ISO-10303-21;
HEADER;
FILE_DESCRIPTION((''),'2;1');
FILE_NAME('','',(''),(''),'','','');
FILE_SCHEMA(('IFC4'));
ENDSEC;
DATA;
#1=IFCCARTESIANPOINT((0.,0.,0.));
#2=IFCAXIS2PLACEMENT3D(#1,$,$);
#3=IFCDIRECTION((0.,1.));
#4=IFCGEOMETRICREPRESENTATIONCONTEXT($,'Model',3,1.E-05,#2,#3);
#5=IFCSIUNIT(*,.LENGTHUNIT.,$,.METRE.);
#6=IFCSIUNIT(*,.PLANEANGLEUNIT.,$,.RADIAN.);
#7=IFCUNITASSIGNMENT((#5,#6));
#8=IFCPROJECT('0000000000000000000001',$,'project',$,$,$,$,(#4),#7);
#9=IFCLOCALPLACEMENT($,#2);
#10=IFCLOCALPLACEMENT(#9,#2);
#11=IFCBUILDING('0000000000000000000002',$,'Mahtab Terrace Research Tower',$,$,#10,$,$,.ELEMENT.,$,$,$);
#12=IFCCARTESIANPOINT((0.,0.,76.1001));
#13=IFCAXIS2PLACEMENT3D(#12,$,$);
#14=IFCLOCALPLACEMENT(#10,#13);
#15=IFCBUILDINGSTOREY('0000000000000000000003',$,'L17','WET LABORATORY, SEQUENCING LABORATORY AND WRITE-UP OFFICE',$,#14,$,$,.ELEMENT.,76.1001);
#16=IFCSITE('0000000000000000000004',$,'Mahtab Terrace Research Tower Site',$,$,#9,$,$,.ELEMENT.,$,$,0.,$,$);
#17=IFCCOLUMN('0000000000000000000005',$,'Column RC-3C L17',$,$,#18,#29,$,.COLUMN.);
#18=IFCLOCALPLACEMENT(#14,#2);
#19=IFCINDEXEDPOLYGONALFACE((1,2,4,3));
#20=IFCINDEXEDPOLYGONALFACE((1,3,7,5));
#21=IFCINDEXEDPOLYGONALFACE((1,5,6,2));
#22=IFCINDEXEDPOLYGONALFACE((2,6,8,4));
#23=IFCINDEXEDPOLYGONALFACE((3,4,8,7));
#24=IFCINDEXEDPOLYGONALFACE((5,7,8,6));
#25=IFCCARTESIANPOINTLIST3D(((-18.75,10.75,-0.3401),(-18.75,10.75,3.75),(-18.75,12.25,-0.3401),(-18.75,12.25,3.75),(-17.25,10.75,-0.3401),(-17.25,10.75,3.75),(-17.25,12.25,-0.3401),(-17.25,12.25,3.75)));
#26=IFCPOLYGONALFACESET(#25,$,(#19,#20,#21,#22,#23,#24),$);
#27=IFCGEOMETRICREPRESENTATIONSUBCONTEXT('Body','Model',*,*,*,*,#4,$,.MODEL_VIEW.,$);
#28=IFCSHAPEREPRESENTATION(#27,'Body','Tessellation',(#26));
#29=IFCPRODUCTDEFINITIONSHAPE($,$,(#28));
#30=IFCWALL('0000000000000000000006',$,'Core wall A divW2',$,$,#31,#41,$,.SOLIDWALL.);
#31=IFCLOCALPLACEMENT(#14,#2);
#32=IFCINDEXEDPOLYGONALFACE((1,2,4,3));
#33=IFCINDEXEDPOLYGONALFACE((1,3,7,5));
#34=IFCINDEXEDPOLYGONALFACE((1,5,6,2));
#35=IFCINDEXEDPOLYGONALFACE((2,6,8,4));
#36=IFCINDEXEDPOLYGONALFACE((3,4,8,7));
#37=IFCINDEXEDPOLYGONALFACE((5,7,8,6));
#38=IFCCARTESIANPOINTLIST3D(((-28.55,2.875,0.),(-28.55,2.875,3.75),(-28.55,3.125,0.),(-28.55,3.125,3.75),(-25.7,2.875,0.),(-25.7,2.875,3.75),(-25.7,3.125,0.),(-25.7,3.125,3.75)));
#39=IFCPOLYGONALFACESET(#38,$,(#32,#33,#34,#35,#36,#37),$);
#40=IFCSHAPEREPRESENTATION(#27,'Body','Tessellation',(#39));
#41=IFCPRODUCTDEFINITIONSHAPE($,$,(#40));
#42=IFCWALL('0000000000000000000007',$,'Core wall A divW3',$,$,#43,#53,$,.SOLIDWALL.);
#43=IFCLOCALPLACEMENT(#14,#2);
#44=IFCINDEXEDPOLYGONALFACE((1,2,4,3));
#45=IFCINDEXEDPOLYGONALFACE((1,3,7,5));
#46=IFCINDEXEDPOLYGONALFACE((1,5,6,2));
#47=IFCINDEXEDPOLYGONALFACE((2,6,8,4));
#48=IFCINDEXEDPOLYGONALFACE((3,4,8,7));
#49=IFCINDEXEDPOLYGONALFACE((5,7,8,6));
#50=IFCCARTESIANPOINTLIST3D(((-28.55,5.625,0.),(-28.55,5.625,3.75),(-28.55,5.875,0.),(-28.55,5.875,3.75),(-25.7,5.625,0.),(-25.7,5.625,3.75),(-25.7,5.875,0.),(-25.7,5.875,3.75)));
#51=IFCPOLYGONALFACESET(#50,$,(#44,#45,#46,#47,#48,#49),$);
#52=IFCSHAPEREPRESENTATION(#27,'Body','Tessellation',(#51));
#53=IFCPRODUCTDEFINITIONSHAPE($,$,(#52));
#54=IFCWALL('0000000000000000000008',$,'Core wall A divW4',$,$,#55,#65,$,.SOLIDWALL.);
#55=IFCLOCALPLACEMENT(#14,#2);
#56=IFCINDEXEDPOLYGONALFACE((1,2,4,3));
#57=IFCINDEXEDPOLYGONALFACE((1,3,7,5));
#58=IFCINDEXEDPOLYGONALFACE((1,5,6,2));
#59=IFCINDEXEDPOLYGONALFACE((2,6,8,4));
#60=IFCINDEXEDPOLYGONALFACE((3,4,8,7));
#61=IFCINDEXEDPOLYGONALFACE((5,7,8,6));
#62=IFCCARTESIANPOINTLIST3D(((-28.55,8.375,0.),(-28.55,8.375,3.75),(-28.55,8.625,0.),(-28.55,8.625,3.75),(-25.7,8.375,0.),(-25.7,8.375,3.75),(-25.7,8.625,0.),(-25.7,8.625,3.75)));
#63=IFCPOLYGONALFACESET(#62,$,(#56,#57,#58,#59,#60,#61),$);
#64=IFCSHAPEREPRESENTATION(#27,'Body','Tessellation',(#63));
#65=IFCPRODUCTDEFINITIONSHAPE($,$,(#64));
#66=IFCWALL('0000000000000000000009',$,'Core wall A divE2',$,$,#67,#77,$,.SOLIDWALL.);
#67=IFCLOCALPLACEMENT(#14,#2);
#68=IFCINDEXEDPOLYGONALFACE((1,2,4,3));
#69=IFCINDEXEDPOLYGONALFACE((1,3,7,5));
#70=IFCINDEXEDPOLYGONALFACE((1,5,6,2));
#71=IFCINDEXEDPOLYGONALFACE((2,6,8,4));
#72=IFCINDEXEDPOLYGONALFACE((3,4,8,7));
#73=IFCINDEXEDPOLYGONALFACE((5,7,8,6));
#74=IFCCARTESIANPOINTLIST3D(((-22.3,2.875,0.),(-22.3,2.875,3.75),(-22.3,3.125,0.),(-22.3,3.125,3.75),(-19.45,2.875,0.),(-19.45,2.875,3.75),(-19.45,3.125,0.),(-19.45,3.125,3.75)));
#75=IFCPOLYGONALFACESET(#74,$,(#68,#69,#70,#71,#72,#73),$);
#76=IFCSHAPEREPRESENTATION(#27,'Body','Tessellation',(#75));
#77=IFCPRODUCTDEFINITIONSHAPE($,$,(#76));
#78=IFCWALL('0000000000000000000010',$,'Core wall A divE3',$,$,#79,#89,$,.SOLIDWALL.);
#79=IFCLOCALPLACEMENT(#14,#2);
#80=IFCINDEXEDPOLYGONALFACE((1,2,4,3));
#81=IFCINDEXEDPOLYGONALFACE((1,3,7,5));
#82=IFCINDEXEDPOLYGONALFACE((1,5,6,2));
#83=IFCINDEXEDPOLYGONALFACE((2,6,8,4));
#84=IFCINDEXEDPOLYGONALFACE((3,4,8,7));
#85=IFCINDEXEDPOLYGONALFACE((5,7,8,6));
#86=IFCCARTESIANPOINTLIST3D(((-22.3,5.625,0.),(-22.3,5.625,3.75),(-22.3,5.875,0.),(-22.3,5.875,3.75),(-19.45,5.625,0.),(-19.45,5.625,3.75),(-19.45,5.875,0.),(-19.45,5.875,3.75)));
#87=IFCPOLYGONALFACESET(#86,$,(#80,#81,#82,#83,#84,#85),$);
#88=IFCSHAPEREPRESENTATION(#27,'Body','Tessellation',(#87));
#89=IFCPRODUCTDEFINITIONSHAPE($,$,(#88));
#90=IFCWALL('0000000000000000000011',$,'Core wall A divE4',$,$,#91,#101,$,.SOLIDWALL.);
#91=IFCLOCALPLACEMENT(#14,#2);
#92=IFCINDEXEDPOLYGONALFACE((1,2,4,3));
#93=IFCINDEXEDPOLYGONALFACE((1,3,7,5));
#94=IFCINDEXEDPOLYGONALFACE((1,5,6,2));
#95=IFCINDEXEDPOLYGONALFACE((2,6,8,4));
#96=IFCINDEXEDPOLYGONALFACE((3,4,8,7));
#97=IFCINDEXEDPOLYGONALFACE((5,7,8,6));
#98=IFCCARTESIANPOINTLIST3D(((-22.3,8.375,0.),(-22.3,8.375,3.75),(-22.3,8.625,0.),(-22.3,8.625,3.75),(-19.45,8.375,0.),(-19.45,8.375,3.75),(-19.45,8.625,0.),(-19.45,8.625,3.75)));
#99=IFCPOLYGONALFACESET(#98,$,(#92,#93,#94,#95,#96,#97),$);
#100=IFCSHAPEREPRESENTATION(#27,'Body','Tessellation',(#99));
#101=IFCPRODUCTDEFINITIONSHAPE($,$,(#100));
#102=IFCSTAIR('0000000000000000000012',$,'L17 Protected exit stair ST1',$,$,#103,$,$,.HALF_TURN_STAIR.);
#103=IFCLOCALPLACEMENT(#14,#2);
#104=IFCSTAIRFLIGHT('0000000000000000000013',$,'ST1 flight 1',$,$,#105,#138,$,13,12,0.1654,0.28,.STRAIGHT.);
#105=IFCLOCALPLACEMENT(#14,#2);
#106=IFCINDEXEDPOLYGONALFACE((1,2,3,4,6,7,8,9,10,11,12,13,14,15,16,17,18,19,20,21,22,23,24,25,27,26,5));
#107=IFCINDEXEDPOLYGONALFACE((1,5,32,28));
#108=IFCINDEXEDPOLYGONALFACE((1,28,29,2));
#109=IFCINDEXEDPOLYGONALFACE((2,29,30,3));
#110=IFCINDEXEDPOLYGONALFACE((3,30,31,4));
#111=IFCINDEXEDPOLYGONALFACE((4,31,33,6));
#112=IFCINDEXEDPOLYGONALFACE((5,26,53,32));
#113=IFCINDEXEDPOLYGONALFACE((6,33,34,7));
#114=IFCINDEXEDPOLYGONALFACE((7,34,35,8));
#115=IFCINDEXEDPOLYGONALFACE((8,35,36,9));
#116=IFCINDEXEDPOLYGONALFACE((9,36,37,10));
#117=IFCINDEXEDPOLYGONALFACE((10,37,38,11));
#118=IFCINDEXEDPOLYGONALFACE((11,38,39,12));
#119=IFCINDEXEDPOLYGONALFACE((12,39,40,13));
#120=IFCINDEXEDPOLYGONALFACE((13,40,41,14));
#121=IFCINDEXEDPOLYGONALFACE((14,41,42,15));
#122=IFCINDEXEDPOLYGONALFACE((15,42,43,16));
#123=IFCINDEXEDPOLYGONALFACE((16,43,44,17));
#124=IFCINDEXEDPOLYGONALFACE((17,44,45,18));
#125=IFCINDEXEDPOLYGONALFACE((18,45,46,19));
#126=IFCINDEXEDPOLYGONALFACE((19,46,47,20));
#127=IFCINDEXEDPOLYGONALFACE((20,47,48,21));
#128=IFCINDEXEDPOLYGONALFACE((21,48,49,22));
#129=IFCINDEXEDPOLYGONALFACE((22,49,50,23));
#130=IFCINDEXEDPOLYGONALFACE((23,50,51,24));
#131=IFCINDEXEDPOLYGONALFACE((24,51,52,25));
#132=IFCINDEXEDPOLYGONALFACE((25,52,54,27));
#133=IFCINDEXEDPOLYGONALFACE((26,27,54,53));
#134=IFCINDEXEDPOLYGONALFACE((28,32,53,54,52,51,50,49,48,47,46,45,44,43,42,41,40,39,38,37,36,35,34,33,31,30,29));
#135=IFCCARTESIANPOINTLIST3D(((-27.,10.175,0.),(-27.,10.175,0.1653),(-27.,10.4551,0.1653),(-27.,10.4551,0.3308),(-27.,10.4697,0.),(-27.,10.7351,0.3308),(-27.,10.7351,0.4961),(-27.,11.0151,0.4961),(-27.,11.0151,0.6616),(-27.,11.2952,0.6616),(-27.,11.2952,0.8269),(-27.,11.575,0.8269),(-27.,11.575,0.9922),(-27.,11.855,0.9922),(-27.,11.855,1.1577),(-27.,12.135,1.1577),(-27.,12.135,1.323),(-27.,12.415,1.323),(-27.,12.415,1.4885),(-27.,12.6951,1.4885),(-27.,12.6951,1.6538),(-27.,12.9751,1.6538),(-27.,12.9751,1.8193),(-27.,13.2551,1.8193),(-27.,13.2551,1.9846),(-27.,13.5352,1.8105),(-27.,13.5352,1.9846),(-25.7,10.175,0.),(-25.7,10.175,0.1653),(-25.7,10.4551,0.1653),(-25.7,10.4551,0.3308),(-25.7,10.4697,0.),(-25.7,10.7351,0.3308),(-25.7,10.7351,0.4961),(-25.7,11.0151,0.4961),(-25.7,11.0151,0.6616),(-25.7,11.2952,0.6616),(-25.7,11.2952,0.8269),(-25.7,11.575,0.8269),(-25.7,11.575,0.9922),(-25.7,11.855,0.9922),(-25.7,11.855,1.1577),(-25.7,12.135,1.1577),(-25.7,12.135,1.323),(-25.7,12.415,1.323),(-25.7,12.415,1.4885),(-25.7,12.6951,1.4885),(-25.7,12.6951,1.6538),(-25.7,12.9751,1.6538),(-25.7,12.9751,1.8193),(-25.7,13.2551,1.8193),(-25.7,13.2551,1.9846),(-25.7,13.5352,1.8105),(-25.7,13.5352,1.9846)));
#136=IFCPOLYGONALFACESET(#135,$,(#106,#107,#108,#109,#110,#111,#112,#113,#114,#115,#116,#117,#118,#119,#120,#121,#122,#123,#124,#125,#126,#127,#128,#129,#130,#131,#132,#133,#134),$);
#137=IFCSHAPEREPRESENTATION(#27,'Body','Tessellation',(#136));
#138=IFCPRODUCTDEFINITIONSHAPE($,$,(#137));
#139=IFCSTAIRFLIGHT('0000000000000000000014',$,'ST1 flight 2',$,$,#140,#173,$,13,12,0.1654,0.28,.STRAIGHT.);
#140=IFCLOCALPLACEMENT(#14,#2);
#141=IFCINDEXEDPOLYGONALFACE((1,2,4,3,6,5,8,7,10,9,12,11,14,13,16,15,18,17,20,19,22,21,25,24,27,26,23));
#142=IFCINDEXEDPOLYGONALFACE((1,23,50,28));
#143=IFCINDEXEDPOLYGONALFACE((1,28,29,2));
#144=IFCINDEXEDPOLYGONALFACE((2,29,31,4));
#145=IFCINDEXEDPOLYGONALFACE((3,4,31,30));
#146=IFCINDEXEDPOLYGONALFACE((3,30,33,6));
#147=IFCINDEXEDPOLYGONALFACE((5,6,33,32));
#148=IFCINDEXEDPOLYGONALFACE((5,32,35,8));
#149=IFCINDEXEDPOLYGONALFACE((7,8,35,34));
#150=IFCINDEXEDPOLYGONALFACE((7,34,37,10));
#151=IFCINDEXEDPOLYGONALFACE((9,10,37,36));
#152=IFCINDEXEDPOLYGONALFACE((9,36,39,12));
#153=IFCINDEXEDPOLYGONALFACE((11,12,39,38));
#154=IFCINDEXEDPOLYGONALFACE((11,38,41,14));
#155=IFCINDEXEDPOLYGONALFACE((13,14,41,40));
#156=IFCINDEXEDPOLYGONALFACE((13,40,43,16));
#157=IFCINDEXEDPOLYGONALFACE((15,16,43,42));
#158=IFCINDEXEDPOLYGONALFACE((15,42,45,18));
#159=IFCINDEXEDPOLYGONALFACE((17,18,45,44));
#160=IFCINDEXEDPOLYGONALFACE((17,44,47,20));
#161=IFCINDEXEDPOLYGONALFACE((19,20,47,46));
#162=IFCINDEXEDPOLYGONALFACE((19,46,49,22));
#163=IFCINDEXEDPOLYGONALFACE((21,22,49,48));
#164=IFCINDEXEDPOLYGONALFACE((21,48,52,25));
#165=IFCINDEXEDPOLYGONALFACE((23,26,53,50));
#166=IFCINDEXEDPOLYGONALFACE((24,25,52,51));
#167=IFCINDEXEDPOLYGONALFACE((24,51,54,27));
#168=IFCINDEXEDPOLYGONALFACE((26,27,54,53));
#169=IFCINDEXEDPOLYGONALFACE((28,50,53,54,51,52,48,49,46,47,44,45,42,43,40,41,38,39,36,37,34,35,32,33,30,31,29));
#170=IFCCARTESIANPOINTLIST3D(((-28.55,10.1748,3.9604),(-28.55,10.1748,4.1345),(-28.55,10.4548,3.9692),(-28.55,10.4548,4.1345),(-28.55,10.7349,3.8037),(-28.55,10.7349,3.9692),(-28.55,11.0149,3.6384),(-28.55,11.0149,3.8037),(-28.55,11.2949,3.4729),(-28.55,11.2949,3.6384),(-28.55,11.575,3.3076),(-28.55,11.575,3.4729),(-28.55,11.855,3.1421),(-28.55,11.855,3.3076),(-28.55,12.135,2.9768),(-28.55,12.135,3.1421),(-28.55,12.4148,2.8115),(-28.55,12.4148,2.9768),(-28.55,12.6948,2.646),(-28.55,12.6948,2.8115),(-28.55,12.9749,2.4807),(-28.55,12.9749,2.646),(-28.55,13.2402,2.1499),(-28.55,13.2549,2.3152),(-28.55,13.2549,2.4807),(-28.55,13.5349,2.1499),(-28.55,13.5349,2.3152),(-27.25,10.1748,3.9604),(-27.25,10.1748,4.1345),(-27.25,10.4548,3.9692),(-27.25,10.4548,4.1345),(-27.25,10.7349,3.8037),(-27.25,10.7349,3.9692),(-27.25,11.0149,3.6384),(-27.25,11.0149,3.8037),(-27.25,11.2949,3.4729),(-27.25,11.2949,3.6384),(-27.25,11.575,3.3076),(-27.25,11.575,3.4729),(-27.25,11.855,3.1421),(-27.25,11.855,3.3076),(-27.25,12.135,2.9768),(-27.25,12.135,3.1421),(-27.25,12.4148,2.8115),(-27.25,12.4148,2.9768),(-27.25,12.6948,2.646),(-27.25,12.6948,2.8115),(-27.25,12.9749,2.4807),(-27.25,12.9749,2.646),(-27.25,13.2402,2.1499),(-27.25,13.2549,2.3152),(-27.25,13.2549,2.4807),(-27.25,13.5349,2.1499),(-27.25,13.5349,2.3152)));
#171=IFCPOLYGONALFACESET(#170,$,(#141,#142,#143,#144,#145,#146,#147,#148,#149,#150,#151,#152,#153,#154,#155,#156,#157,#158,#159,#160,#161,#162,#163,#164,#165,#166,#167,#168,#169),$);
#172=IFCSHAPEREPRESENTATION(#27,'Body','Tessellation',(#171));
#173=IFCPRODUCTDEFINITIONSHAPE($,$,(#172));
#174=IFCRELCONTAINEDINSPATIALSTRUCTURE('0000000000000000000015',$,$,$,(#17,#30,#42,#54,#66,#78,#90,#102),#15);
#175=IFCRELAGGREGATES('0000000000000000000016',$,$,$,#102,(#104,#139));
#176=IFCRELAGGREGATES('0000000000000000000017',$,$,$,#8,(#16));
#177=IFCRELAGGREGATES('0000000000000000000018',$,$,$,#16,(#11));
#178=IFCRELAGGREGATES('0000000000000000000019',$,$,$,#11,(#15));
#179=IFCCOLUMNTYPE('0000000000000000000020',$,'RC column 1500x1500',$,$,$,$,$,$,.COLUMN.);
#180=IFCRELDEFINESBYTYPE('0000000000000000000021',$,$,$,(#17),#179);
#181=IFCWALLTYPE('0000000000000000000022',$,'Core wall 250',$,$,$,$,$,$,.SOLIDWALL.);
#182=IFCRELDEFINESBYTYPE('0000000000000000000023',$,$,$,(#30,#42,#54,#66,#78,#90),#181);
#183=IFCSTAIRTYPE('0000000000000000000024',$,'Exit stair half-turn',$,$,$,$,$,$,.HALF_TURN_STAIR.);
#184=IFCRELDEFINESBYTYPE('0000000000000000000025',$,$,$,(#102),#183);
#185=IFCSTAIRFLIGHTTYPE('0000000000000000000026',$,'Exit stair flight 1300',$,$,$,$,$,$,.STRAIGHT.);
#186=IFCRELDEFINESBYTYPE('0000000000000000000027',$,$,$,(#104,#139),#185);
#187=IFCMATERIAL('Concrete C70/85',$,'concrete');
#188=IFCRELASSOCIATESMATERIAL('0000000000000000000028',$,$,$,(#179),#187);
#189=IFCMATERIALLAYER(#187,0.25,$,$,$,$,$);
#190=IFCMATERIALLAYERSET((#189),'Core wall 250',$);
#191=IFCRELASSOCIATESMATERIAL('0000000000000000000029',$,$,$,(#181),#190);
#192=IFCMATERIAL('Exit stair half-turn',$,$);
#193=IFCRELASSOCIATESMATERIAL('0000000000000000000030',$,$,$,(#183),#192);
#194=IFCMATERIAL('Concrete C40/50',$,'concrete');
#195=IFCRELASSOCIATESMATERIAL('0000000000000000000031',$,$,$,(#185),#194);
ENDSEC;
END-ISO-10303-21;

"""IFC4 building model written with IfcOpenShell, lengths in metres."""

from ifc_helpers import new_model, si_unit, direction, frame, frame_2d, origin, origin_2d, place, context, subcontext, project, spatial, polyline, rectangle, outline, extrude, material, layer, layer_set, material_profile, profile_set, type_object, element, aggregate, save


model = new_model("IFC4")

# Units and contexts
model_context = context("Model", 3, precision=1e-05, world=origin(), true_north=direction((0.0, 1.0)))
body_context = subcontext(model_context, "Body", "Model", "MODEL_VIEW")
ifc_project = project(units=[si_unit("LENGTHUNIT", "METRE"), si_unit("PLANEANGLEUNIT", "RADIAN")], contexts=[model_context])

# Site, building, storey
site_placement = place(None, origin())
site = spatial("IfcSite", under=ifc_project, at=site_placement, Name="Mahtab Terrace Research Tower Site", CompositionType="ELEMENT", RefElevation=0.0)
building_placement = place(site_placement, origin())
building = spatial("IfcBuilding", under=site, at=building_placement, Name="Mahtab Terrace Research Tower", CompositionType="ELEMENT")
storey_placement = place(building_placement, frame((0.0, 0.0, 76.1001)))
storey = spatial("IfcBuildingStorey", under=building, at=storey_placement, Name="L17", Description="WET LABORATORY, SEQUENCING LABORATORY AND WRITE-UP OFFICE", CompositionType="ELEMENT", Elevation=76.1001)

# Column
ifc_material_1 = material(Name="Concrete C70/85", Category="concrete")
ifc_material_profile = material_profile(ifc_material_1, rectangle(XDim=1.5, YDim=1.5, at=origin_2d()), Name="RC column 1500x1500")
ifc_profile_set = profile_set([ifc_material_profile], Name="Concrete C70/85")
column_type = type_object("IfcColumnType", Name="RC column 1500x1500", PredefinedType="COLUMN", material=ifc_profile_set)
column_placement = place(storey_placement, frame((-18.0, 11.5, -0.3401), z_axis=(0.0, 0.0, 1.0), x_axis=(1.0, 0.0, 0.0)))
element("IfcColumn", 1, at=column_placement, inside=storey, type_object=column_type, Name="Column RC-3C L17", PredefinedType="COLUMN", context=body_context, shape_type="SweptSolid", body=[
    extrude(rectangle(XDim=1.5, YDim=1.5, at=origin_2d()), origin(), (0.0, 0.0, 1.0), 4.0901),
])

# Walls
ifc_layer = layer(ifc_material_1, 0.25)
ifc_layer_set = layer_set([ifc_layer], Name="Core wall 250")
wall_type = type_object("IfcWallType", Name="Core wall 250", PredefinedType="SOLIDWALL", material=ifc_layer_set)
for number, where, z_axis, x_axis, name in (
    (2, (-28.55, 3.0, 0.0), (0.0, 0.0, 1.0), (1.0, 0.0, 0.0), "Core wall A divW2"),
    (3, (-28.55, 5.75, 0.0), (0.0, 0.0, 1.0), (1.0, 0.0, 0.0), "Core wall A divW3"),
    (4, (-28.55, 8.5, 0.0), (0.0, 0.0, 1.0), (1.0, 0.0, 0.0), "Core wall A divW4"),
    (5, (-22.3, 3.0, 0.0), (0.0, 0.0, 1.0), (1.0, 0.0, 0.0), "Core wall A divE2"),
    (6, (-22.3, 5.75, 0.0), (0.0, 0.0, 1.0), (1.0, 0.0, 0.0), "Core wall A divE3"),
    (7, (-22.3, 8.5, 0.0), (0.0, 0.0, 1.0), (1.0, 0.0, 0.0), "Core wall A divE4"),
):
    element("IfcWall", number, at=place(storey_placement, frame(where, z_axis=z_axis, x_axis=x_axis)), inside=storey, type_object=wall_type, Name=name, PredefinedType="SOLIDWALL", context=body_context, shape_type="SweptSolid", body=[
        extrude(rectangle(XDim=2.8501, YDim=0.25, at=frame_2d((1.425, 0.0))), origin(), (0.0, 0.0, 1.0), 3.75),
    ])

# Stair, stair flights
ifc_material_2 = material(Name="Exit stair half-turn")
stair_type = type_object("IfcStairType", Name="Exit stair half-turn", PredefinedType="HALF_TURN_STAIR", material=ifc_material_2)
stair_placement = place(storey_placement, origin())
stair = element("IfcStair", 8, at=stair_placement, inside=storey, type_object=stair_type, Name="L17 Protected exit stair ST1", PredefinedType="HALF_TURN_STAIR")
ifc_material_3 = material(Name="Concrete C40/50", Category="concrete")
stair_flight_type = type_object("IfcStairFlightType", Name="Exit stair flight 1300", PredefinedType="STRAIGHT", material=ifc_material_3)
stair_flight_1_placement = place(storey_placement, frame((-26.3501, 10.175, 0.0), z_axis=(0.0, 0.0, 1.0), x_axis=(0.0, 1.0, 0.0)))
stair_flight_1 = element("IfcStairFlight", 9, at=stair_flight_1_placement, type_object=stair_flight_type, Name="ST1 flight 1", NumberOfRisers=13, NumberOfTreads=12, PredefinedType="STRAIGHT", RiserHeight=0.1654, TreadLength=0.28, context=body_context, shape_type="SweptSolid", body=[
    extrude(outline(polyline([(0.0, 0.0), (0.0, 0.1653), (0.28, 0.1653), (0.28, 0.3308), (0.5601, 0.3308), (0.5601, 0.4961), (0.8401, 0.4961), (0.8401, 0.6616), (1.1201, 0.6616), (1.1201, 0.8269), (1.3999, 0.8269), (1.3999, 0.9922), (1.6799, 0.9922), (1.6799, 1.1577), (1.96, 1.1577), (1.96, 1.323), (2.24, 1.323), (2.24, 1.4885), (2.52, 1.4885), (2.52, 1.6538), (2.8, 1.6538), (2.8, 1.8193), (3.0801, 1.8193), (3.0801, 1.9846), (3.3601, 1.9846), (3.3601, 2.1499), (3.3601, 1.8105), (0.2947, 0.0), (0.0, 0.0)])), frame((0.0, 0.6499, 0.0), z_axis=(0.0, -1.0, 0.0), x_axis=(1.0, 0.0, 0.0)), (0.0, 0.0, 1.0), 1.3),
])
stair_flight_2_placement = place(storey_placement, frame((-27.8999, 13.5349, 2.1499), z_axis=(0.0, 0.0, 1.0), x_axis=(0.0, -1.0, 0.0)))
stair_flight_2 = element("IfcStairFlight", 10, at=stair_flight_2_placement, type_object=stair_flight_type, Name="ST1 flight 2", NumberOfRisers=13, NumberOfTreads=12, PredefinedType="STRAIGHT", RiserHeight=0.1654, TreadLength=0.28, context=body_context, shape_type="SweptSolid", body=[
    extrude(outline(polyline([(0.0, 0.0), (0.0, 0.1653), (0.28, 0.1653), (0.28, 0.3308), (0.5601, 0.3308), (0.5601, 0.4961), (0.8401, 0.4961), (0.8401, 0.6616), (1.1201, 0.6616), (1.1201, 0.8269), (1.3999, 0.8269), (1.3999, 0.9922), (1.6799, 0.9922), (1.6799, 1.1577), (1.96, 1.1577), (1.96, 1.323), (2.24, 1.323), (2.24, 1.4885), (2.52, 1.4885), (2.52, 1.6538), (2.8, 1.6538), (2.8, 1.8193), (3.0801, 1.8193), (3.0801, 1.9846), (3.3601, 1.9846), (3.3601, 2.1499), (3.3601, 1.8105), (0.2947, 0.0), (0.0, 0.0)])), frame((0.0, 0.6499, 0.0), z_axis=(0.0, -1.0, 0.0), x_axis=(1.0, 0.0, 0.0)), (0.0, 0.0, 1.0), 1.3),
])
aggregate(stair, [stair_flight_1, stair_flight_2])

save(model, "model.ifc")
